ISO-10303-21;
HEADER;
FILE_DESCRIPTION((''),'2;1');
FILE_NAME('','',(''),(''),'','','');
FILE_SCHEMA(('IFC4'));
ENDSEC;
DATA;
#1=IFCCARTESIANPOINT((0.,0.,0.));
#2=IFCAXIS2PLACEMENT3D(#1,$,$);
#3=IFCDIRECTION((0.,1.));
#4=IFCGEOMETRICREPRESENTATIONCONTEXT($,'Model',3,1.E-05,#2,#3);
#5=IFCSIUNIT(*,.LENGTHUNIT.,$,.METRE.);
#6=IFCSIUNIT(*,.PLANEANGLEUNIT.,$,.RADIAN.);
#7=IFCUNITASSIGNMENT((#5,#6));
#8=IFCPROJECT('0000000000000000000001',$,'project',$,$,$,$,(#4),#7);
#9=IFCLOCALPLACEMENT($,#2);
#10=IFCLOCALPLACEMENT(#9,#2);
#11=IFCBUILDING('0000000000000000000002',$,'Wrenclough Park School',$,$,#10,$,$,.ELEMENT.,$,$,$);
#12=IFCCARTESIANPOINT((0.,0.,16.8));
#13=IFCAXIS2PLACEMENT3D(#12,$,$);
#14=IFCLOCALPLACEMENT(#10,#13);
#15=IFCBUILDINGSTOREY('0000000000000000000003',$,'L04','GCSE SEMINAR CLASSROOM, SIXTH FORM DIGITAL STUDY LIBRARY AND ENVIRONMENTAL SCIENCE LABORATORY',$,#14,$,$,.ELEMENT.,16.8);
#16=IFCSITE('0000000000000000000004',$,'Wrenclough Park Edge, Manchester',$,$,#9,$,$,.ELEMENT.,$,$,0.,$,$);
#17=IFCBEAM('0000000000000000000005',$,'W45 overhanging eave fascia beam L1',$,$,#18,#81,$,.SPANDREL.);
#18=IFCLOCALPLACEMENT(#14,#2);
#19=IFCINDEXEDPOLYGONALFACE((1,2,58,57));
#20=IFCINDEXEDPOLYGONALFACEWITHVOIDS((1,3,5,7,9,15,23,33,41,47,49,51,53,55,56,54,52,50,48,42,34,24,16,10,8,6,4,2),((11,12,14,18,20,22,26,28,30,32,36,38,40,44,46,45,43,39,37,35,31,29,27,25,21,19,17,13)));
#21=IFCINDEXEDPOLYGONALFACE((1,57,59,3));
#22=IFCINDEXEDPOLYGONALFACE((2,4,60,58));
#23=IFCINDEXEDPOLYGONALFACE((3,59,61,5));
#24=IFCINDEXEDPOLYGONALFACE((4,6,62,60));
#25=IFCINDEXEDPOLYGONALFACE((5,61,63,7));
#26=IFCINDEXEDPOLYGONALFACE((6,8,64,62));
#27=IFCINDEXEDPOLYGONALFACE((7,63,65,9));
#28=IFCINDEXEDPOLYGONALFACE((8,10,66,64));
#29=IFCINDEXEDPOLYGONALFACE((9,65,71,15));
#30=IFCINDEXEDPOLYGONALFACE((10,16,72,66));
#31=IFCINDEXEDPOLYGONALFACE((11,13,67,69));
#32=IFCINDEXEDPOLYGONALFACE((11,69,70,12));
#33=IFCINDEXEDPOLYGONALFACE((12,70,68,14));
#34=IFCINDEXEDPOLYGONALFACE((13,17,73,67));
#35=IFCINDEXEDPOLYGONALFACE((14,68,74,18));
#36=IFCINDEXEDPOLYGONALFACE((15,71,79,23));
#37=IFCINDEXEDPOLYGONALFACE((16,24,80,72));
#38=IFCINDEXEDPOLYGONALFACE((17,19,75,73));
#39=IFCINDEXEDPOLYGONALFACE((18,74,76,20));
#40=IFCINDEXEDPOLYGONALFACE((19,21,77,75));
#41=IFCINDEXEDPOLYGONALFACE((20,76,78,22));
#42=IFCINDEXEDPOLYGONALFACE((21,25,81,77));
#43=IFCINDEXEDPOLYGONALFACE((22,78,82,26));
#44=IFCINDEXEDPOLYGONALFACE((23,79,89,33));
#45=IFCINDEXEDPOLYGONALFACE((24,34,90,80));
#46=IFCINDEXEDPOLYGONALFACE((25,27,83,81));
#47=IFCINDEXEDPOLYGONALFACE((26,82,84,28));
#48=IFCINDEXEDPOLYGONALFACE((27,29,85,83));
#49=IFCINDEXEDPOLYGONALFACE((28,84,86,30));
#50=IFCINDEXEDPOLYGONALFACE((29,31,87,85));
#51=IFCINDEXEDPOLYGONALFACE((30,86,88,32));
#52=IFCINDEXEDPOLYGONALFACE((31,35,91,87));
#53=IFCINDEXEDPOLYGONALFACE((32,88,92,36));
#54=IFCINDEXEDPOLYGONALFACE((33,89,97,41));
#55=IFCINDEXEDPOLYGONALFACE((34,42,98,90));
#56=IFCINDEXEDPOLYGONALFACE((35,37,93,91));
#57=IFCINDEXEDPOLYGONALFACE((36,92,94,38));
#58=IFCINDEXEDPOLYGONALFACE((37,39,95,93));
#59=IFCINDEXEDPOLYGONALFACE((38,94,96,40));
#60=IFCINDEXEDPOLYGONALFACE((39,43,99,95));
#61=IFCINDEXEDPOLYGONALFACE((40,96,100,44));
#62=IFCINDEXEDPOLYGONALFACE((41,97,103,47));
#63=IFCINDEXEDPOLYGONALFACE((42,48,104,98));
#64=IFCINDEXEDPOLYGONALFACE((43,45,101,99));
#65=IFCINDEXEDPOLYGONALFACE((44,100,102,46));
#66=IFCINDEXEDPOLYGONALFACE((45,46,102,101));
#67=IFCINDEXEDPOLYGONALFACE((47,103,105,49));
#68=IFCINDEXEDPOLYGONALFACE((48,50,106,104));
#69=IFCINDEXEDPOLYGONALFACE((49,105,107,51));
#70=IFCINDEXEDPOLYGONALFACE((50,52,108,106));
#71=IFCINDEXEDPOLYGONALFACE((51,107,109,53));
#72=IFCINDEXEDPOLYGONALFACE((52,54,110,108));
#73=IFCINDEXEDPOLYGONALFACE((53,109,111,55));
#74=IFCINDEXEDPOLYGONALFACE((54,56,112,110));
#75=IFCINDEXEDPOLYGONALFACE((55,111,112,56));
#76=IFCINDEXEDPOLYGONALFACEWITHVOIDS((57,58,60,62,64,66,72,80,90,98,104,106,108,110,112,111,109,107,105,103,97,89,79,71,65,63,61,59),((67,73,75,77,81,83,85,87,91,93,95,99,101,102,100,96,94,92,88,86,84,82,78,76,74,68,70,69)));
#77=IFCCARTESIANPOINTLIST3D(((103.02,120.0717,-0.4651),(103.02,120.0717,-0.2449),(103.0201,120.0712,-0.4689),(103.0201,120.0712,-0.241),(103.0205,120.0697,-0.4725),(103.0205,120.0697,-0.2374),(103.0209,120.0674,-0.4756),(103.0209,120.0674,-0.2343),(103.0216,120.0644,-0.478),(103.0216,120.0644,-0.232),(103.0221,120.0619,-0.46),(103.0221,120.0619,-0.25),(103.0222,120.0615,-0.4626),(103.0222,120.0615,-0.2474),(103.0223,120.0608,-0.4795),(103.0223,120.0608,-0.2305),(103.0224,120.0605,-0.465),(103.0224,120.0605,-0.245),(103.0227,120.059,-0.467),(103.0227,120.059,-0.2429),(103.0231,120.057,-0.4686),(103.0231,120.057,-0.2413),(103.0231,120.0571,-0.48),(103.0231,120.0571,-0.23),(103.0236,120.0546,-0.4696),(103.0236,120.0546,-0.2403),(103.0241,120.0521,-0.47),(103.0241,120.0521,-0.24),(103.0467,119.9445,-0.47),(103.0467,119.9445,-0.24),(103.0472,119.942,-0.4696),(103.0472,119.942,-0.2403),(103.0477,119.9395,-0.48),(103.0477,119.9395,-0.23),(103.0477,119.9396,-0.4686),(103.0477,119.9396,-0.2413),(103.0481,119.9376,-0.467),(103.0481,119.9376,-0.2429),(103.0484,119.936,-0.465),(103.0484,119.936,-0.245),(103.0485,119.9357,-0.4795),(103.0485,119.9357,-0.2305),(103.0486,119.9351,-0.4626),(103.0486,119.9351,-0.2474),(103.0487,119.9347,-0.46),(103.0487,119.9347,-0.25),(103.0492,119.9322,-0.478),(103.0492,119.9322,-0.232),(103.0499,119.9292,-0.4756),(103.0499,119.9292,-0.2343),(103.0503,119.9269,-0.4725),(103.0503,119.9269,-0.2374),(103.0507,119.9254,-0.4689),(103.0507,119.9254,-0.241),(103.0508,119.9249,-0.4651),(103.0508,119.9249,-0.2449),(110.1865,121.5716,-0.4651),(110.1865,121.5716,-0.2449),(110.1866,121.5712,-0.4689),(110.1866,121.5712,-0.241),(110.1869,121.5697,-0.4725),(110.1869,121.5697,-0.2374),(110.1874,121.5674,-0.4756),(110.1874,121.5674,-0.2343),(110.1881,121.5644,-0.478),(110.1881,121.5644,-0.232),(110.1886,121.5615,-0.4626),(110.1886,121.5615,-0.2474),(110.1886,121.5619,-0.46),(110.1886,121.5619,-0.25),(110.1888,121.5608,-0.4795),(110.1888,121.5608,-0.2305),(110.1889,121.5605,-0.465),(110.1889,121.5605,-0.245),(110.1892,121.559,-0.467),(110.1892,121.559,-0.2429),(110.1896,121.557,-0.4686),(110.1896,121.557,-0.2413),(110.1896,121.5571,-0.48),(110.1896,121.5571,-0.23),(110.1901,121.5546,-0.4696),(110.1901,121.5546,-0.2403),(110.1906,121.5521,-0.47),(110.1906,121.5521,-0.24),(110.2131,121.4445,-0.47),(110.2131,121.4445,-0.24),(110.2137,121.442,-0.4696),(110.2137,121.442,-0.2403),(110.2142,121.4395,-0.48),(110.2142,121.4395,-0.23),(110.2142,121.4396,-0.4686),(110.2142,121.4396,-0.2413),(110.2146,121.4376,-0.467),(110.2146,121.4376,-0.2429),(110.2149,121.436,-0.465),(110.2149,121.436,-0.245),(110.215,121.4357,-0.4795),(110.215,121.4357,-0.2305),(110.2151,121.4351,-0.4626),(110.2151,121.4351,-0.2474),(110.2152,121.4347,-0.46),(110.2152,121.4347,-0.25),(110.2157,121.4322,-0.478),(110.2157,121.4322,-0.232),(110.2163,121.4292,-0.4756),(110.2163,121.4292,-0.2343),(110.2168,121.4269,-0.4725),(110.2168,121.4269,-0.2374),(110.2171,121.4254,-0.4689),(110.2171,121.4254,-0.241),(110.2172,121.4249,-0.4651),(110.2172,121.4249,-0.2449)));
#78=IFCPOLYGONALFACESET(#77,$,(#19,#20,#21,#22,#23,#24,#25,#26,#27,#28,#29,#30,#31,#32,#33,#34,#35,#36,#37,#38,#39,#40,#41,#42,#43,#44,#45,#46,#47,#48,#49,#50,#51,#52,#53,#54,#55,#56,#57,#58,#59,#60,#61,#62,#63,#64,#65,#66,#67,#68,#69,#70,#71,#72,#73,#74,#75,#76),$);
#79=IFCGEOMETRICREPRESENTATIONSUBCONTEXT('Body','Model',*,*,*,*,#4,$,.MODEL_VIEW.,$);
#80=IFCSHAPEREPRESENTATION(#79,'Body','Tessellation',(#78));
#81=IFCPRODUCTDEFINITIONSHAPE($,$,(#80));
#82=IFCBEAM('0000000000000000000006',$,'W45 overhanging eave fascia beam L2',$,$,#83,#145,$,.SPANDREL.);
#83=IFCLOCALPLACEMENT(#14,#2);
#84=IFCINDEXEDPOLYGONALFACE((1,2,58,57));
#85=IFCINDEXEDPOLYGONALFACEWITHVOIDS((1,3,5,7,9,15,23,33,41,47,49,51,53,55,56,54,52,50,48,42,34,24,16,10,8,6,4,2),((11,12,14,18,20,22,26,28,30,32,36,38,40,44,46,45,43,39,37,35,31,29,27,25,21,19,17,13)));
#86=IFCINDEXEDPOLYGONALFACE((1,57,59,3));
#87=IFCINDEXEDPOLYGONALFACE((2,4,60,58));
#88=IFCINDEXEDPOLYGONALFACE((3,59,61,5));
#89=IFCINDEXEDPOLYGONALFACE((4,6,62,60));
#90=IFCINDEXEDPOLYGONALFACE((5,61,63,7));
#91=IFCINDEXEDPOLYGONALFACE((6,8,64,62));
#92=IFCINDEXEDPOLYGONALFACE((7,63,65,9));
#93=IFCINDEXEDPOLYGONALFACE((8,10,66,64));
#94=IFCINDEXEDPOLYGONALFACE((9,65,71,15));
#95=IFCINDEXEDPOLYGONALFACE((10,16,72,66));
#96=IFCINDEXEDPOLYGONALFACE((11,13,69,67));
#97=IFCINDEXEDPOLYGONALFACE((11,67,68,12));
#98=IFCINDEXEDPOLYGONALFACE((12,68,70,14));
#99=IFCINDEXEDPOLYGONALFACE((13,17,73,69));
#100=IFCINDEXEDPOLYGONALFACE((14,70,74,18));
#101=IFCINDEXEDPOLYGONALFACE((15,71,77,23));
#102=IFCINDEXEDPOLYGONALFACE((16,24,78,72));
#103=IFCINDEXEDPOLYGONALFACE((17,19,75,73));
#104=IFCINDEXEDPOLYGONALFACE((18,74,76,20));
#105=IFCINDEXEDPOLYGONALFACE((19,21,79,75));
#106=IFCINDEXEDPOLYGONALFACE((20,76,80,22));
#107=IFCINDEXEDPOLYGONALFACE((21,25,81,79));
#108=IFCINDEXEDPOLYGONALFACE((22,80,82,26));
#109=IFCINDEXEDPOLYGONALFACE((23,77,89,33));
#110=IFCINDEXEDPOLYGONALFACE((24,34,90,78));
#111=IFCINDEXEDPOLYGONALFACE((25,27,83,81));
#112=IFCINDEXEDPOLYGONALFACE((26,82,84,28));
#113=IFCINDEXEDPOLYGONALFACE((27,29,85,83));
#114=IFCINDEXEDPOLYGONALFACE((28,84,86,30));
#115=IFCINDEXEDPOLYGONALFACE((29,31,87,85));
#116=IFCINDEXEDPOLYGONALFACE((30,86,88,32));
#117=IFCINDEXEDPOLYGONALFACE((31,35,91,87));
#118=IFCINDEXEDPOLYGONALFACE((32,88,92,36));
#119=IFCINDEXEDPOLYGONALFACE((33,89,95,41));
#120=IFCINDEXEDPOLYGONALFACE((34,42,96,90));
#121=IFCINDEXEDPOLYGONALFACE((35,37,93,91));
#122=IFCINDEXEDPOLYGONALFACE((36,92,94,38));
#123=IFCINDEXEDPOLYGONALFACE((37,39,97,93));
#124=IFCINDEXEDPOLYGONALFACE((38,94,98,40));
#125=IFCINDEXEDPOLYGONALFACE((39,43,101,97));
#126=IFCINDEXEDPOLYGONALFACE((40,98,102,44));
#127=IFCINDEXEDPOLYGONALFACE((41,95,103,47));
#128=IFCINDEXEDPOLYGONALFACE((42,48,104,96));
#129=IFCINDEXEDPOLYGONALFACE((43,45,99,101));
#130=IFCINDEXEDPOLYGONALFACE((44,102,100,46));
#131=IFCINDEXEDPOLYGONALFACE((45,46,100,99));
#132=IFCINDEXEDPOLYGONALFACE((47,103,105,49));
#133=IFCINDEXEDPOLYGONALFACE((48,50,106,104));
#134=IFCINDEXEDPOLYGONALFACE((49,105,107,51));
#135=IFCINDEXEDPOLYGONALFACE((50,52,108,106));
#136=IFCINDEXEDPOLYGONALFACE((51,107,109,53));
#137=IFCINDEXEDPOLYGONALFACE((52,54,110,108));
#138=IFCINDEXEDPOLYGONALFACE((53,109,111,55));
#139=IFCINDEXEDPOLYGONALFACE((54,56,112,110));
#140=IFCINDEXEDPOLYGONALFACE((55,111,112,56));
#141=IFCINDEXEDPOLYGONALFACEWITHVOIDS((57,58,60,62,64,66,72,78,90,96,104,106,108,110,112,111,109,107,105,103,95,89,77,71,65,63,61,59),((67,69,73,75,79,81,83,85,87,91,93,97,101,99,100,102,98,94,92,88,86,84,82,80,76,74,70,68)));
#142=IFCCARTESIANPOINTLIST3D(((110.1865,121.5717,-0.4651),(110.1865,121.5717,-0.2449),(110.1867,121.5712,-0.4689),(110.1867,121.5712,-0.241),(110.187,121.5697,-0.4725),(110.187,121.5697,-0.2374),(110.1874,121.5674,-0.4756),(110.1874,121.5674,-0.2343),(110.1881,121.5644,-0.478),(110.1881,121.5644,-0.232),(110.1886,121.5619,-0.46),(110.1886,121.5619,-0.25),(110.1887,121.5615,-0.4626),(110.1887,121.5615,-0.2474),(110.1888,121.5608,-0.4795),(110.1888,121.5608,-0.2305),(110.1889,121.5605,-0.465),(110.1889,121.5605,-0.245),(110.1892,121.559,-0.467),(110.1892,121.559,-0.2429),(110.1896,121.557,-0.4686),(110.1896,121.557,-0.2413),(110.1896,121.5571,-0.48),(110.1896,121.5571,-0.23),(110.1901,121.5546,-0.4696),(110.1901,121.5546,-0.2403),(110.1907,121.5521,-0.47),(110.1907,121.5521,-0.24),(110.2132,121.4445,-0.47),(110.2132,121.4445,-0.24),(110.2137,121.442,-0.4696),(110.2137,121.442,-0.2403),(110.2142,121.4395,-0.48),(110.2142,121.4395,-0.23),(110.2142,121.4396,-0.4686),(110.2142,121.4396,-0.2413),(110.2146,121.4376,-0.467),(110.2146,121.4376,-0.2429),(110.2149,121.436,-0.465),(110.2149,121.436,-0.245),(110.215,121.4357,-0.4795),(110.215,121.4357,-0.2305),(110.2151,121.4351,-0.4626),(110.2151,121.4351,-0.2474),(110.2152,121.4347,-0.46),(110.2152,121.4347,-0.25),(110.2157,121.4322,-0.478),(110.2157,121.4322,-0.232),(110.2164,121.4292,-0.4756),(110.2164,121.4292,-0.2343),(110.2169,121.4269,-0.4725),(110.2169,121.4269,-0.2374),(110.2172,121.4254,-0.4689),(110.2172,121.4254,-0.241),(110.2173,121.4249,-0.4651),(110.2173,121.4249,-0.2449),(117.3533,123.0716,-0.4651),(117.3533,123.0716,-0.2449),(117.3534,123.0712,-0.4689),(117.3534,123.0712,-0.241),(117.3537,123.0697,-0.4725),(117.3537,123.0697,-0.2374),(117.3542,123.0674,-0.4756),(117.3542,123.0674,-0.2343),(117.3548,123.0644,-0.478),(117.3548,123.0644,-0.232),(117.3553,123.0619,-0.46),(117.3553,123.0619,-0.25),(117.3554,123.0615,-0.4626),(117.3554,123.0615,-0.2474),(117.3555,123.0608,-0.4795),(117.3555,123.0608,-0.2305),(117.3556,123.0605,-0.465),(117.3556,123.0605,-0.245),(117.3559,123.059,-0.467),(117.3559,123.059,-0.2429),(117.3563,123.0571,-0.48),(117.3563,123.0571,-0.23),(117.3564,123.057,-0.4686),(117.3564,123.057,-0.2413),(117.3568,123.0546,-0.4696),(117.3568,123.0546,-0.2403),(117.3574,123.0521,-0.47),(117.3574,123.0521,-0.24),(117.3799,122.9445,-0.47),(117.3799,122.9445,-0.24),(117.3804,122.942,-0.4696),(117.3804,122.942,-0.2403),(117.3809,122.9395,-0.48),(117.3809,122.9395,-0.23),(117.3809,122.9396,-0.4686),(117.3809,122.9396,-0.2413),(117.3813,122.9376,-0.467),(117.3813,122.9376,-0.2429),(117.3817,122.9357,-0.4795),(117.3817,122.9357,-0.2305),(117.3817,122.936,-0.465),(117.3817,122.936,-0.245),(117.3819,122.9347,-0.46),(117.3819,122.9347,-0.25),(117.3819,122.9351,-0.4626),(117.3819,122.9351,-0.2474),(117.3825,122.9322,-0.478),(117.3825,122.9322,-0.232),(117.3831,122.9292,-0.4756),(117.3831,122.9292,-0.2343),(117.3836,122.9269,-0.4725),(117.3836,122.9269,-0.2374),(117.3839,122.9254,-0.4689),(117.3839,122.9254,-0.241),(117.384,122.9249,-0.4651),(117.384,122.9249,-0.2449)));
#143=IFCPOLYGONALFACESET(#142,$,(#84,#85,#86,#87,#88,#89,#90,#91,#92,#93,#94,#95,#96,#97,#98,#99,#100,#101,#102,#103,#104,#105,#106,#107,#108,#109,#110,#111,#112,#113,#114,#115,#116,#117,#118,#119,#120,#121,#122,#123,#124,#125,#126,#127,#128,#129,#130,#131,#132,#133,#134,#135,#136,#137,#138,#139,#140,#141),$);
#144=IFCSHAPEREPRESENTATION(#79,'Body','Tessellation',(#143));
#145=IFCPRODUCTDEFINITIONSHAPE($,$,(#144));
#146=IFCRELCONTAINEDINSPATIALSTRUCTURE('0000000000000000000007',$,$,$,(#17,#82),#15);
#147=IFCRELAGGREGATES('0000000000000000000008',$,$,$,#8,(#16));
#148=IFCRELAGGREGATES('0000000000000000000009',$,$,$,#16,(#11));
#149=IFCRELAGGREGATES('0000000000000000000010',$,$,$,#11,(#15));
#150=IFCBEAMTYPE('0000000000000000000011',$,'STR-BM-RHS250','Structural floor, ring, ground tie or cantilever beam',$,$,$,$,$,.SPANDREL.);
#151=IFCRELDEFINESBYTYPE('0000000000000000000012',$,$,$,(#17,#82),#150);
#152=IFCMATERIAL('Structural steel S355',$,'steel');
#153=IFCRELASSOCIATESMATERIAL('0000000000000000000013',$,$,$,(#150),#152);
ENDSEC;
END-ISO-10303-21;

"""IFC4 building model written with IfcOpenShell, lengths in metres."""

from ifc_helpers import new_model, si_unit, direction, frame, origin, origin_2d, place, context, subcontext, project, spatial, hollow_rectangle, extrude, material, material_profile, profile_set, type_object, element, save


model = new_model("IFC4")

# Units and contexts
model_context = context("Model", 3, precision=1e-05, world=origin(), true_north=direction((0.0, 1.0)))
body_context = subcontext(model_context, "Body", "Model", "MODEL_VIEW")
ifc_project = project(units=[si_unit("LENGTHUNIT", "METRE"), si_unit("PLANEANGLEUNIT", "RADIAN")], contexts=[model_context])

# Site, building, storey
site_placement = place(None, origin())
site = spatial("IfcSite", under=ifc_project, at=site_placement, Name="Wrenclough Park Edge, Manchester", CompositionType="ELEMENT", RefElevation=0.0)
building_placement = place(site_placement, origin())
building = spatial("IfcBuilding", under=site, at=building_placement, Name="Wrenclough Park School", CompositionType="ELEMENT")
storey_placement = place(building_placement, frame((0.0, 0.0, 16.8)))
storey = spatial("IfcBuildingStorey", under=building, at=storey_placement, Name="L04", Description="GCSE SEMINAR CLASSROOM, SIXTH FORM DIGITAL STUDY LIBRARY AND ENVIRONMENTAL SCIENCE LABORATORY", CompositionType="ELEMENT", Elevation=16.8)

# Shared definitions
ifc_material_1 = material(Name="Structural steel S355", Category="steel")

# Beams
ifc_material_profile_1 = material_profile(ifc_material_1, hollow_rectangle(XDim=0.1499, YDim=0.25, WallThickness=0.01, InnerFilletRadius=0.01, OuterFilletRadius=0.0149, at=origin_2d()), Name="RHS 250x150x10.0")
ifc_profile_set_1 = profile_set([ifc_material_profile_1], Name="Structural steel S355")
beam_type_1 = type_object("IfcBeamType", Name="STR-BM-RHS250", Description="Structural floor, ring, ground tie or cantilever beam", PredefinedType="SPANDREL", material=ifc_profile_set_1)
beam_1_placement = place(storey_placement, frame((103.0354, 119.9983, -0.355), z_axis=(0.97879, 0.204868, 0.0), x_axis=(-0.204868, 0.97879, 0.0)))
element("IfcBeam", 1, at=beam_1_placement, inside=storey, type_object=beam_type_1, Name="W45 overhanging eave fascia beam L1", PredefinedType="SPANDREL", context=body_context, shape_type="SweptSolid", body=[
    extrude(hollow_rectangle(XDim=0.1499, YDim=0.25, WallThickness=0.01, InnerFilletRadius=0.01, OuterFilletRadius=0.0149, at=origin_2d()), origin(), (0.0, 0.0, 1.0), 7.3218),
])
for number, where, z_axis, x_axis, name in (
    (2, (110.2019, 121.4983, -0.355), (0.978791, 0.204861, 0.0), (-0.204861, 0.978791, 0.0), "W45 overhanging eave fascia beam L2"),
):
    element("IfcBeam", number, at=place(storey_placement, frame(where, z_axis=z_axis, x_axis=x_axis)), inside=storey, type_object=beam_type_1, Name=name, PredefinedType="SPANDREL", context=body_context, shape_type="SweptSolid", body=[
        extrude(hollow_rectangle(XDim=0.1499, YDim=0.25, WallThickness=0.01, InnerFilletRadius=0.01, OuterFilletRadius=0.0149, at=origin_2d()), origin(), (0.0, 0.0, 1.0), 7.322),
    ])

save(model, "model.ifc")
